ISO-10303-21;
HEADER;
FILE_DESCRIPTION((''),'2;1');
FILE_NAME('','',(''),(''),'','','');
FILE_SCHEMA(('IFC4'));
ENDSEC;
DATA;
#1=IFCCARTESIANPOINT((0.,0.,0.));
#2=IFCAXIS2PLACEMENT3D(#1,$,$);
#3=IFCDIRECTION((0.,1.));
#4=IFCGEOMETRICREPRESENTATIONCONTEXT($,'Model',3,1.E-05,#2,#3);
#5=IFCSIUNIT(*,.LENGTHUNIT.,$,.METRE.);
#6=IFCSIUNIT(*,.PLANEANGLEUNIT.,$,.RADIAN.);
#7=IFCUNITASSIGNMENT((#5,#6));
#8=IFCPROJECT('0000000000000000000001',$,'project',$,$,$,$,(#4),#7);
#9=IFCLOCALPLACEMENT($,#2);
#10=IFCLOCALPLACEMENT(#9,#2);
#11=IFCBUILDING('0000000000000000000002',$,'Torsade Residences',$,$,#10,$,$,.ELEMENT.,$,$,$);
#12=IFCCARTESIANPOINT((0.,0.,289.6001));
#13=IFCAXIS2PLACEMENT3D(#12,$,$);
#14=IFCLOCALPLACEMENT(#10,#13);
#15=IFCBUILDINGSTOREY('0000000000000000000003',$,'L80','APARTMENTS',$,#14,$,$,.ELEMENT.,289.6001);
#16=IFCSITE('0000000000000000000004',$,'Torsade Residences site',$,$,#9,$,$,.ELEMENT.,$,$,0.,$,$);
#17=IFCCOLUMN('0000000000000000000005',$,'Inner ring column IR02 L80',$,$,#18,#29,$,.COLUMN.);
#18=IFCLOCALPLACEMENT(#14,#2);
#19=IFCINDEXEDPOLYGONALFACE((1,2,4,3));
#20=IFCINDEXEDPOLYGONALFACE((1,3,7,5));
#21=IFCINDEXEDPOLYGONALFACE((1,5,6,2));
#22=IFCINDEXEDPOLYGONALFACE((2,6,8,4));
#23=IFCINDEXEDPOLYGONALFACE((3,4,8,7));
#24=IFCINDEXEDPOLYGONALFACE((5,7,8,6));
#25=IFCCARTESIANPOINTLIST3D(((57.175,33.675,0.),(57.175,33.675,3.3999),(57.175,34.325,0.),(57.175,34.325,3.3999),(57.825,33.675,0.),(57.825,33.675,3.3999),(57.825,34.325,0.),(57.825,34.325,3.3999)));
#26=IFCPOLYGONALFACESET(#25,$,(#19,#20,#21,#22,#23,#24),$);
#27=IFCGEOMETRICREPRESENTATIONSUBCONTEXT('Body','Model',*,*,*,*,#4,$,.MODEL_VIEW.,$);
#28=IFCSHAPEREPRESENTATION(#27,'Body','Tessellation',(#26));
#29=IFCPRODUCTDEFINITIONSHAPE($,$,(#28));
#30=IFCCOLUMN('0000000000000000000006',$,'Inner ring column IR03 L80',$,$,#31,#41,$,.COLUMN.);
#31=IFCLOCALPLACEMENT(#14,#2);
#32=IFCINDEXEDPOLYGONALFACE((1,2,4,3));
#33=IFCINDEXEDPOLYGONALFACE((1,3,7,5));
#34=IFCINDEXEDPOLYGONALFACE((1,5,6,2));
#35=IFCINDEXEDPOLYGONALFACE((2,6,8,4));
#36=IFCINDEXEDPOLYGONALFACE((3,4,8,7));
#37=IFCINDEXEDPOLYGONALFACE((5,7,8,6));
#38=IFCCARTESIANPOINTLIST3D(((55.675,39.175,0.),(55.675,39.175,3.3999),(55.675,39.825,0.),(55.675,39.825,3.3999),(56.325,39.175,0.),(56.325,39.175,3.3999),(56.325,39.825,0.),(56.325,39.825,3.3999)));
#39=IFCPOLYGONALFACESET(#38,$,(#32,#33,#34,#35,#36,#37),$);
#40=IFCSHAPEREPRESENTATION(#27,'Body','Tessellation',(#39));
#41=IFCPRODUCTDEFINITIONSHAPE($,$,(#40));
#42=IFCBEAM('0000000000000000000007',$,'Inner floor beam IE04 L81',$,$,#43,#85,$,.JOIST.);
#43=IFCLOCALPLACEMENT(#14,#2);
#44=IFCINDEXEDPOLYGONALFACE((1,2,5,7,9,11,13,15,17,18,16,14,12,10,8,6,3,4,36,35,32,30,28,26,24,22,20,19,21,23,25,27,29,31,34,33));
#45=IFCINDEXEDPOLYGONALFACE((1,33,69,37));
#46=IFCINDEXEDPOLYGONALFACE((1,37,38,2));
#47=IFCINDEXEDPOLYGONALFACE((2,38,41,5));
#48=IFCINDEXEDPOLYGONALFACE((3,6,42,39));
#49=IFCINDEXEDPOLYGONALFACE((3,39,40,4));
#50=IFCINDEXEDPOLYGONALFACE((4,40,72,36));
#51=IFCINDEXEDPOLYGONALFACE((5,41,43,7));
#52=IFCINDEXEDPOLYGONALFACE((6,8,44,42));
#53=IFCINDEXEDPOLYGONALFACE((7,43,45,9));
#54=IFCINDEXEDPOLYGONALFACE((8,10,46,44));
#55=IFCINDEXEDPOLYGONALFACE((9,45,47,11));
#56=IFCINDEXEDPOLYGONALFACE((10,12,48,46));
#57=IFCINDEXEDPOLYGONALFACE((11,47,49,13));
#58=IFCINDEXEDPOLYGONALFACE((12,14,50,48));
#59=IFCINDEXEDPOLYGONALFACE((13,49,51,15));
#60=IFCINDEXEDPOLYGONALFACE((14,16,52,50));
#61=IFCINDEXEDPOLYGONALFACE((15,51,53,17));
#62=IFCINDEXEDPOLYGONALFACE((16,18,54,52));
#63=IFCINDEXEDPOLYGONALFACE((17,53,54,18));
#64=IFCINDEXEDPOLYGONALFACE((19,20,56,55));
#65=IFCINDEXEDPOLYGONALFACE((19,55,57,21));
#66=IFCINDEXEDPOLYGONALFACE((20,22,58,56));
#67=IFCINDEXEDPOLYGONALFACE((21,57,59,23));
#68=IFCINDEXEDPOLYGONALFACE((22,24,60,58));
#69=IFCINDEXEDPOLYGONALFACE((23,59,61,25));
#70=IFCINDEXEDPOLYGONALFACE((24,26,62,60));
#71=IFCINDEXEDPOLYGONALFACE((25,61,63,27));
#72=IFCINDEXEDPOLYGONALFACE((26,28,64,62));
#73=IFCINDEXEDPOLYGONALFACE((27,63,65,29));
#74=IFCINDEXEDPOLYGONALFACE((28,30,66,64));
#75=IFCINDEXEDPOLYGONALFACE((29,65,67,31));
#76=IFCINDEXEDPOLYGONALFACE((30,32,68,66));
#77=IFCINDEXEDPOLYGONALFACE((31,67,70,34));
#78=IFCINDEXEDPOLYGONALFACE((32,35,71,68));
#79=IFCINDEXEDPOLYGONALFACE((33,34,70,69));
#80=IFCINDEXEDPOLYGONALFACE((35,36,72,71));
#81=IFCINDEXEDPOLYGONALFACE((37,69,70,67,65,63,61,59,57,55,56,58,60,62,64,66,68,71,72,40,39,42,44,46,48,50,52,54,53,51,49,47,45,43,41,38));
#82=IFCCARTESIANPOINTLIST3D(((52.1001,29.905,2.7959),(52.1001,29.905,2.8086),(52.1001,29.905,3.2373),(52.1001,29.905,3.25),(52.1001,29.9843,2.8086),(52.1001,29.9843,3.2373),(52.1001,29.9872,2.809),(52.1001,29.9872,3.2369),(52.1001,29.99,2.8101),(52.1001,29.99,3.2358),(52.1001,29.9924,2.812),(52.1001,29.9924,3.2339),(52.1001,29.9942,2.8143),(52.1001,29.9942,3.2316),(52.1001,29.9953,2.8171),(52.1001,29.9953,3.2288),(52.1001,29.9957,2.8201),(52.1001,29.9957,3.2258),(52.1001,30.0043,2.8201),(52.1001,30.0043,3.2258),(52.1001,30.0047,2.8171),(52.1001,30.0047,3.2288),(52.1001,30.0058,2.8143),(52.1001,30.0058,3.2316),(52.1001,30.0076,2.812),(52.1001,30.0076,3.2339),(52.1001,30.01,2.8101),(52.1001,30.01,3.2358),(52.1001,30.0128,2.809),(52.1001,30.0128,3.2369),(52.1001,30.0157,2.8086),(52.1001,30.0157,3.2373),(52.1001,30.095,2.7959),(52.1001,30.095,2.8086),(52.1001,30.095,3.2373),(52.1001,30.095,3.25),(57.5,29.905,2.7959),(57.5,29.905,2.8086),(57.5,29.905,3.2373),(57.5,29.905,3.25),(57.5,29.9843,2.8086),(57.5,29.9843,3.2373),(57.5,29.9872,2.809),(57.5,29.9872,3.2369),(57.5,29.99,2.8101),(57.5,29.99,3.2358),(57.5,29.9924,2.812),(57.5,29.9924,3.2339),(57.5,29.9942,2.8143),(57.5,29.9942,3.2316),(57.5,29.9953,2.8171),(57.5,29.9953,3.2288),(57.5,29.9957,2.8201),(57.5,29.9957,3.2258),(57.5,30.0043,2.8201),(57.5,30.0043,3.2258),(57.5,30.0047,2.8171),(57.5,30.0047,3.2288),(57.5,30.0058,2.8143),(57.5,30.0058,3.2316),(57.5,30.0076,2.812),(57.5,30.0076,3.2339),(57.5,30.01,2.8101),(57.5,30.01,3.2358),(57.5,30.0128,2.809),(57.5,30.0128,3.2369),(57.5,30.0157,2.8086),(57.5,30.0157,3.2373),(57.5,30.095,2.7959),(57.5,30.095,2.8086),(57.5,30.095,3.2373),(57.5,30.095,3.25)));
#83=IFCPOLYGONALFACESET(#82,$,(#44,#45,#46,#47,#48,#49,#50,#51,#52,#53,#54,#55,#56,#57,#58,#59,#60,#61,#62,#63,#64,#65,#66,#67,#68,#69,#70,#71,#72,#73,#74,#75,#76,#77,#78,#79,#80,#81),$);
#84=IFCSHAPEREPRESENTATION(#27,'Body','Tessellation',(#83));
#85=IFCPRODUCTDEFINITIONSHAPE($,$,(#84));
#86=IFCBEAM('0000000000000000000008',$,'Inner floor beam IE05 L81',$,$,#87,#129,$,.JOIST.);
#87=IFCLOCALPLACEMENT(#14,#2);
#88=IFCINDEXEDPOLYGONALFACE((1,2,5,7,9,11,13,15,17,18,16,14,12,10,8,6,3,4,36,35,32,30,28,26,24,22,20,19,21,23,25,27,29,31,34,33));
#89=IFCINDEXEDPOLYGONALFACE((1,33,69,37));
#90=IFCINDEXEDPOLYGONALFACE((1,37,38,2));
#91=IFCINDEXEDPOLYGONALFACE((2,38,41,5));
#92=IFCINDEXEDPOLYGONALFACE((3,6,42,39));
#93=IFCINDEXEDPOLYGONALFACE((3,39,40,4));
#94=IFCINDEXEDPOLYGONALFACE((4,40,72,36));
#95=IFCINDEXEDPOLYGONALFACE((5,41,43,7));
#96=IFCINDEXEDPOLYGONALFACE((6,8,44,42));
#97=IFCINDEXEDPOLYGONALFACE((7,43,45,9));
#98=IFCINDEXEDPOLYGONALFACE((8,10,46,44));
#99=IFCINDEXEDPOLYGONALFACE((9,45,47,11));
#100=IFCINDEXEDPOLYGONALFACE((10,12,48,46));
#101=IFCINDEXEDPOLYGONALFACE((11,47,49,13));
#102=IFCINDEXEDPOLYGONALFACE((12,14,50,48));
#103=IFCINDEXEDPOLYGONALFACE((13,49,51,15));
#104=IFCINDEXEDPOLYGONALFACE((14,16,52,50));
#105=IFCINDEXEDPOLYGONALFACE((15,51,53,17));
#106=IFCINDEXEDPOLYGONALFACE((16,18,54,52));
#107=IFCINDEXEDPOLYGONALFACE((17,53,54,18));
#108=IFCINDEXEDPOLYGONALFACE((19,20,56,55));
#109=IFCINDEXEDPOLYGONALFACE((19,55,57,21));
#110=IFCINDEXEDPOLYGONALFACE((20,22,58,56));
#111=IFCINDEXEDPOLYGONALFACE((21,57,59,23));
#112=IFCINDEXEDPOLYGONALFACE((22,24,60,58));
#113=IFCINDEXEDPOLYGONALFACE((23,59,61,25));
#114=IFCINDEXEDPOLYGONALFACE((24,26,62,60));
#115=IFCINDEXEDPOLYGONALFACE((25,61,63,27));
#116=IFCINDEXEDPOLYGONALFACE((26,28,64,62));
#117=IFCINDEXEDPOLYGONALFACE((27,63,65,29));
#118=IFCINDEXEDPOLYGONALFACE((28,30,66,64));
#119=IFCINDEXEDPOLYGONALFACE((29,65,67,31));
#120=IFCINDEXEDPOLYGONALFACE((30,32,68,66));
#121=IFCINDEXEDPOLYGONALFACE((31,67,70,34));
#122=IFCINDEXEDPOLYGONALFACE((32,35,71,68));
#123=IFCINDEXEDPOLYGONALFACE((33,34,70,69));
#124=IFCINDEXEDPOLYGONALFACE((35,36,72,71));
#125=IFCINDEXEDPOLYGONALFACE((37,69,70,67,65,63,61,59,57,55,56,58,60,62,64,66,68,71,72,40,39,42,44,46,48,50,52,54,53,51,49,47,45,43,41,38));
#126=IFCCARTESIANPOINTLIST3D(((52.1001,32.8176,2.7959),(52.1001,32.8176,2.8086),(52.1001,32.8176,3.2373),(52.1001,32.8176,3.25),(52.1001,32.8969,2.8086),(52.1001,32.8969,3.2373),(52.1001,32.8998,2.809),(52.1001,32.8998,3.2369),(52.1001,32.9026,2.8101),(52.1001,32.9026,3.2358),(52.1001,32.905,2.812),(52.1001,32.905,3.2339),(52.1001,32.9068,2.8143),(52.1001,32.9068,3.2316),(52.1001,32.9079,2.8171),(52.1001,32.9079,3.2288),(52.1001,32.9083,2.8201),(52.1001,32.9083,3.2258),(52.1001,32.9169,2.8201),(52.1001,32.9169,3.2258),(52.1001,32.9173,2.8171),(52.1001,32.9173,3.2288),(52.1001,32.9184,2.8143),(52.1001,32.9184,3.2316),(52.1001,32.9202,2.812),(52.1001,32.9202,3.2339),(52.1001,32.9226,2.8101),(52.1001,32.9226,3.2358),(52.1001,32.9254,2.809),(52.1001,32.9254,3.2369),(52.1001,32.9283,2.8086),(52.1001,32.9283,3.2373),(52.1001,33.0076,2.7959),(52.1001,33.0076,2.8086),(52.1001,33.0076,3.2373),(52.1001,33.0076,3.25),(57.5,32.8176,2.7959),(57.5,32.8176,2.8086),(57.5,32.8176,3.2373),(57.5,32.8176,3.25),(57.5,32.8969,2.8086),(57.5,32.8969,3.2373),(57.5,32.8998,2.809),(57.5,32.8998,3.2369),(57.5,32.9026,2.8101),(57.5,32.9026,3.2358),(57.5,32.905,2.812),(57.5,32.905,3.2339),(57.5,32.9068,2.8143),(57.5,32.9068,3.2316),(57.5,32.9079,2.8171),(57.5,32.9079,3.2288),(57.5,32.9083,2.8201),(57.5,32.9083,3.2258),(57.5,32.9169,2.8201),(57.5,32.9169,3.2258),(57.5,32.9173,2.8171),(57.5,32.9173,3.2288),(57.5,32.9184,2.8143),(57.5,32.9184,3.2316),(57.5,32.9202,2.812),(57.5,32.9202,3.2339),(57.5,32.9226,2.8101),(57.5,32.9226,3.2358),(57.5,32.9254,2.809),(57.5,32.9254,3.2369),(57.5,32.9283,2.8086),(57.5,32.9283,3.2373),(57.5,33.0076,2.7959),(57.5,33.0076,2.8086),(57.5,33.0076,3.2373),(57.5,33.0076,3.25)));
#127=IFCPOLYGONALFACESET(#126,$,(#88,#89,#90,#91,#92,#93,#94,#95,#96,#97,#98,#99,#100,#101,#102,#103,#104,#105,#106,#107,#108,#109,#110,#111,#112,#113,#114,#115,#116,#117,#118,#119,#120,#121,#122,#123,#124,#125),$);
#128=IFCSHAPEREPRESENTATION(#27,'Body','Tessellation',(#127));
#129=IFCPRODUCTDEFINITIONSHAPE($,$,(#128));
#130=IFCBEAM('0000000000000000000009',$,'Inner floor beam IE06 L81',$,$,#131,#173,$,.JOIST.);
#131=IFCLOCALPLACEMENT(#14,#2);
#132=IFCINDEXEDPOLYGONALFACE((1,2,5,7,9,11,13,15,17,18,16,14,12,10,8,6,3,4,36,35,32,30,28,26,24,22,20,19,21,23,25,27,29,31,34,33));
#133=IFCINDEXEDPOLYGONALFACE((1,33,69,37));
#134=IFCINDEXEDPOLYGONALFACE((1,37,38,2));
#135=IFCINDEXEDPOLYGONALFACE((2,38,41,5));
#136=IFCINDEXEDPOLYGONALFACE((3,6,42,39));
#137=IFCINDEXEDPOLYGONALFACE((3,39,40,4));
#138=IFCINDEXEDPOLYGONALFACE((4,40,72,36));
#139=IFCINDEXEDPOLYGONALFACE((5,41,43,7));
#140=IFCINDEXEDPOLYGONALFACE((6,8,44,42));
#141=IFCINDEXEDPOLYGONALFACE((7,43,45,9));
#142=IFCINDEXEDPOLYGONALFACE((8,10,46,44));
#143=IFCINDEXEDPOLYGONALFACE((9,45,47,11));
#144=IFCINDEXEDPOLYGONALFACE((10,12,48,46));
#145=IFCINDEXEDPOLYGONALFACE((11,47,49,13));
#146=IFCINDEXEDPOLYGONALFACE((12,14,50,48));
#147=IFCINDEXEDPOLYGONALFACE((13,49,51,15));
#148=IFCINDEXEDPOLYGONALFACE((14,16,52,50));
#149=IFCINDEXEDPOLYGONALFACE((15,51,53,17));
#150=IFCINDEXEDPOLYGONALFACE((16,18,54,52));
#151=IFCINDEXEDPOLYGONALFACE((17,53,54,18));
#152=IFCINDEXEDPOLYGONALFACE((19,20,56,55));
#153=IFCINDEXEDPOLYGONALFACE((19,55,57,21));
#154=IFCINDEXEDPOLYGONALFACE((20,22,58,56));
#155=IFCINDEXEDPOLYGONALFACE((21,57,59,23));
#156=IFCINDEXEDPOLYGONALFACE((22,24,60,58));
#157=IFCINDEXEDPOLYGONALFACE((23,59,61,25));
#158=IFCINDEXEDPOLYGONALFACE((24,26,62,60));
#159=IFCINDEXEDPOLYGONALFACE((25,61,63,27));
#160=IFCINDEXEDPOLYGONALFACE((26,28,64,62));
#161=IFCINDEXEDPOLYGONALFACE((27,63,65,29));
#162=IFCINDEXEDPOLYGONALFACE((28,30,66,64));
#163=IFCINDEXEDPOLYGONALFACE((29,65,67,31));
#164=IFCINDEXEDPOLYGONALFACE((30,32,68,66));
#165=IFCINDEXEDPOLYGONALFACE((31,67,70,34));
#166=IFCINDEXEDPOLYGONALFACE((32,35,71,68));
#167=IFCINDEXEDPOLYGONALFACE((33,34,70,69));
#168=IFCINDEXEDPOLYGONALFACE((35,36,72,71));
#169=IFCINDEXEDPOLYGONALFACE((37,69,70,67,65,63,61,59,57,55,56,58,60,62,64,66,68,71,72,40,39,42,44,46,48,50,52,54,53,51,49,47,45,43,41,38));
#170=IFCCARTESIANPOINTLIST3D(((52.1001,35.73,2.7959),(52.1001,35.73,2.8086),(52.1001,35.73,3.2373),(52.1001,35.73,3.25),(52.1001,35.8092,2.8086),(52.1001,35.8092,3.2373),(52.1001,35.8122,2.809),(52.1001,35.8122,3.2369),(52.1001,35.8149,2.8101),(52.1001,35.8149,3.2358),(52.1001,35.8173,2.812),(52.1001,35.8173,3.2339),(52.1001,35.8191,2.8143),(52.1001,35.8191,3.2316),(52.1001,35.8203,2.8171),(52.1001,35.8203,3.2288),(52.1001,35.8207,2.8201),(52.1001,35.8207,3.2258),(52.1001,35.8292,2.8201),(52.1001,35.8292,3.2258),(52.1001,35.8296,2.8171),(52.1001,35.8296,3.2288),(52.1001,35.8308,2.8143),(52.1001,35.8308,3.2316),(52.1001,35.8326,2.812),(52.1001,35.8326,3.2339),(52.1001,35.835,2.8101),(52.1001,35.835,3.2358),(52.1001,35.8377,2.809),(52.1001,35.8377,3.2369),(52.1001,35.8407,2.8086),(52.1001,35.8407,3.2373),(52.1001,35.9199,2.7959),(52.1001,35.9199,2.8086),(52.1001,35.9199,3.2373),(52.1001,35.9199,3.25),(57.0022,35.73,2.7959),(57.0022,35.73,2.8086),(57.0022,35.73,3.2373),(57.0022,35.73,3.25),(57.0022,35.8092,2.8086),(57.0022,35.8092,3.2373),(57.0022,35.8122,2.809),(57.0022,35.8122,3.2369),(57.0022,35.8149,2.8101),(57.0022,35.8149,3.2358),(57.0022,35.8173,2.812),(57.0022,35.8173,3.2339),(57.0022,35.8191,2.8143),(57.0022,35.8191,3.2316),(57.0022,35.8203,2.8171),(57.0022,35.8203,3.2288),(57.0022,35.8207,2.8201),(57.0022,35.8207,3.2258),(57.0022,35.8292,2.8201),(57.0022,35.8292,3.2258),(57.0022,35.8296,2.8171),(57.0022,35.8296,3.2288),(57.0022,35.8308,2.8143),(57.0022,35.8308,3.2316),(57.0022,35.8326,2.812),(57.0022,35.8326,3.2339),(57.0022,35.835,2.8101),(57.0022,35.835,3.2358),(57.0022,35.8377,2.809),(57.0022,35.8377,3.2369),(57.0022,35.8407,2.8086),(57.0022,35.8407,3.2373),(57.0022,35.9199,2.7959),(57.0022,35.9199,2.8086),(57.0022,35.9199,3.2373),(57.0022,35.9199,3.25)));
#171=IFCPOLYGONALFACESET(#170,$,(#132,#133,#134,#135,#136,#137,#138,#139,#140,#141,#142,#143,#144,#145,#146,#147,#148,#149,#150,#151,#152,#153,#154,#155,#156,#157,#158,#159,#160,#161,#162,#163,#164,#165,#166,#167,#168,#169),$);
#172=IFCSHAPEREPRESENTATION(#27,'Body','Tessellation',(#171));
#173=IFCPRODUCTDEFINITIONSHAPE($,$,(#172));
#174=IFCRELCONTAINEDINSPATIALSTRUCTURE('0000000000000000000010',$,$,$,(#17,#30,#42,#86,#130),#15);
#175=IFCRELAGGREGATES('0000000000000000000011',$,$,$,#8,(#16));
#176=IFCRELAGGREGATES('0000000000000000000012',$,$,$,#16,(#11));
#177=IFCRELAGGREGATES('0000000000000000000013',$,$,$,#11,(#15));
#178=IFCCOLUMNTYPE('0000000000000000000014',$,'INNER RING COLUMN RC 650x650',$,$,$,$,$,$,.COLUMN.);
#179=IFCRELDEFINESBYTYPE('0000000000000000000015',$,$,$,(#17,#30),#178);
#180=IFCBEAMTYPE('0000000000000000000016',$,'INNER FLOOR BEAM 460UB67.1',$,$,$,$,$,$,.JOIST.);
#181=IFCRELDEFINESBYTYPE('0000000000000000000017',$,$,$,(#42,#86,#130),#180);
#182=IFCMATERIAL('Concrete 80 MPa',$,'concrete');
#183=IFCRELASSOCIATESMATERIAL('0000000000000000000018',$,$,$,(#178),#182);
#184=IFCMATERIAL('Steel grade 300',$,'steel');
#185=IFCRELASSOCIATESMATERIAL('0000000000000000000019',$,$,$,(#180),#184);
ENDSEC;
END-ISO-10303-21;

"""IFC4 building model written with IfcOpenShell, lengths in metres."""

from ifc_helpers import new_model, si_unit, direction, frame, origin, origin_2d, place, context, subcontext, project, spatial, rectangle, i_section, extrude, material, material_profile, profile_set, type_object, element, save


model = new_model("IFC4")

# Units and contexts
model_context = context("Model", 3, precision=1e-05, world=origin(), true_north=direction((0.0, 1.0)))
body_context = subcontext(model_context, "Body", "Model", "MODEL_VIEW")
ifc_project = project(units=[si_unit("LENGTHUNIT", "METRE"), si_unit("PLANEANGLEUNIT", "RADIAN")], contexts=[model_context])

# Site, building, storey
site_placement = place(None, origin())
site = spatial("IfcSite", under=ifc_project, at=site_placement, Name="Torsade Residences site", CompositionType="ELEMENT", RefElevation=0.0)
building_placement = place(site_placement, origin())
building = spatial("IfcBuilding", under=site, at=building_placement, Name="Torsade Residences", CompositionType="ELEMENT")
storey_placement = place(building_placement, frame((0.0, 0.0, 289.6001)))
storey = spatial("IfcBuildingStorey", under=building, at=storey_placement, Name="L80", Description="APARTMENTS", CompositionType="ELEMENT", Elevation=289.6001)

# Columns
ifc_material_1 = material(Name="Concrete 80 MPa", Category="concrete")
ifc_material_profile_1 = material_profile(ifc_material_1, rectangle(XDim=0.6499, YDim=0.6499, at=origin_2d()), Name="RC 650x650")
ifc_profile_set_1 = profile_set([ifc_material_profile_1], Name="Concrete 80 MPa")
column_type = type_object("IfcColumnType", Name="INNER RING COLUMN RC 650x650", PredefinedType="COLUMN", material=ifc_profile_set_1)
for number, where, z_axis, x_axis, name in (
    (1, (57.5, 34.0, 0.0), (0.0, 0.0, 1.0), (1.0, 0.0, 0.0), "Inner ring column IR02 L80"),
    (2, (56.0, 39.5, 0.0), (0.0, 0.0, 1.0), (1.0, 0.0, 0.0), "Inner ring column IR03 L80"),
):
    element("IfcColumn", number, at=place(storey_placement, frame(where, z_axis=z_axis, x_axis=x_axis)), inside=storey, type_object=column_type, Name=name, PredefinedType="COLUMN", context=body_context, shape_type="SweptSolid", body=[
        extrude(rectangle(XDim=0.6499, YDim=0.6499, at=origin_2d()), origin(), (0.0, 0.0, 1.0), 3.3999),
    ])

# Beams
ifc_material_2 = material(Name="Steel grade 300", Category="steel")
ifc_material_profile_2 = material_profile(ifc_material_2, i_section(OverallWidth=0.1899, OverallDepth=0.4541, WebThickness=0.0085, FlangeThickness=0.0127, FilletRadius=0.0115, at=origin_2d()), Name="460UB67.1")
ifc_profile_set_2 = profile_set([ifc_material_profile_2], Name="Steel grade 300")
beam_type_1 = type_object("IfcBeamType", Name="INNER FLOOR BEAM 460UB67.1", PredefinedType="JOIST", material=ifc_profile_set_2)
for number, where, z_axis, x_axis, name in (
    (3, (52.1001, 30.0, 3.0229), (1.0, 0.0, 0.0), (0.0, 1.0, 0.0), "Inner floor beam IE04 L81"),
    (4, (52.1001, 32.9126, 3.0229), (1.0, 0.0, 0.0), (0.0, 1.0, 0.0), "Inner floor beam IE05 L81"),
):
    element("IfcBeam", number, at=place(storey_placement, frame(where, z_axis=z_axis, x_axis=x_axis)), inside=storey, type_object=beam_type_1, Name=name, PredefinedType="JOIST", context=body_context, shape_type="SweptSolid", body=[
        extrude(i_section(OverallWidth=0.1899, OverallDepth=0.4541, WebThickness=0.0085, FlangeThickness=0.0127, FilletRadius=0.0115, at=origin_2d()), origin(), (0.0, 0.0, 1.0), 5.3999),
    ])
beam_1_placement = place(storey_placement, frame((52.1001, 35.825, 3.0229), z_axis=(1.0, 0.0, 0.0), x_axis=(0.0, 1.0, 0.0)))
element("IfcBeam", 5, at=beam_1_placement, inside=storey, type_object=beam_type_1, Name="Inner floor beam IE06 L81", PredefinedType="JOIST", context=body_context, shape_type="SweptSolid", body=[
    extrude(i_section(OverallWidth=0.1899, OverallDepth=0.4541, WebThickness=0.0085, FlangeThickness=0.0127, FilletRadius=0.0115, at=origin_2d()), origin(), (0.0, 0.0, 1.0), 4.9021),
])

save(model, "model.ifc")
